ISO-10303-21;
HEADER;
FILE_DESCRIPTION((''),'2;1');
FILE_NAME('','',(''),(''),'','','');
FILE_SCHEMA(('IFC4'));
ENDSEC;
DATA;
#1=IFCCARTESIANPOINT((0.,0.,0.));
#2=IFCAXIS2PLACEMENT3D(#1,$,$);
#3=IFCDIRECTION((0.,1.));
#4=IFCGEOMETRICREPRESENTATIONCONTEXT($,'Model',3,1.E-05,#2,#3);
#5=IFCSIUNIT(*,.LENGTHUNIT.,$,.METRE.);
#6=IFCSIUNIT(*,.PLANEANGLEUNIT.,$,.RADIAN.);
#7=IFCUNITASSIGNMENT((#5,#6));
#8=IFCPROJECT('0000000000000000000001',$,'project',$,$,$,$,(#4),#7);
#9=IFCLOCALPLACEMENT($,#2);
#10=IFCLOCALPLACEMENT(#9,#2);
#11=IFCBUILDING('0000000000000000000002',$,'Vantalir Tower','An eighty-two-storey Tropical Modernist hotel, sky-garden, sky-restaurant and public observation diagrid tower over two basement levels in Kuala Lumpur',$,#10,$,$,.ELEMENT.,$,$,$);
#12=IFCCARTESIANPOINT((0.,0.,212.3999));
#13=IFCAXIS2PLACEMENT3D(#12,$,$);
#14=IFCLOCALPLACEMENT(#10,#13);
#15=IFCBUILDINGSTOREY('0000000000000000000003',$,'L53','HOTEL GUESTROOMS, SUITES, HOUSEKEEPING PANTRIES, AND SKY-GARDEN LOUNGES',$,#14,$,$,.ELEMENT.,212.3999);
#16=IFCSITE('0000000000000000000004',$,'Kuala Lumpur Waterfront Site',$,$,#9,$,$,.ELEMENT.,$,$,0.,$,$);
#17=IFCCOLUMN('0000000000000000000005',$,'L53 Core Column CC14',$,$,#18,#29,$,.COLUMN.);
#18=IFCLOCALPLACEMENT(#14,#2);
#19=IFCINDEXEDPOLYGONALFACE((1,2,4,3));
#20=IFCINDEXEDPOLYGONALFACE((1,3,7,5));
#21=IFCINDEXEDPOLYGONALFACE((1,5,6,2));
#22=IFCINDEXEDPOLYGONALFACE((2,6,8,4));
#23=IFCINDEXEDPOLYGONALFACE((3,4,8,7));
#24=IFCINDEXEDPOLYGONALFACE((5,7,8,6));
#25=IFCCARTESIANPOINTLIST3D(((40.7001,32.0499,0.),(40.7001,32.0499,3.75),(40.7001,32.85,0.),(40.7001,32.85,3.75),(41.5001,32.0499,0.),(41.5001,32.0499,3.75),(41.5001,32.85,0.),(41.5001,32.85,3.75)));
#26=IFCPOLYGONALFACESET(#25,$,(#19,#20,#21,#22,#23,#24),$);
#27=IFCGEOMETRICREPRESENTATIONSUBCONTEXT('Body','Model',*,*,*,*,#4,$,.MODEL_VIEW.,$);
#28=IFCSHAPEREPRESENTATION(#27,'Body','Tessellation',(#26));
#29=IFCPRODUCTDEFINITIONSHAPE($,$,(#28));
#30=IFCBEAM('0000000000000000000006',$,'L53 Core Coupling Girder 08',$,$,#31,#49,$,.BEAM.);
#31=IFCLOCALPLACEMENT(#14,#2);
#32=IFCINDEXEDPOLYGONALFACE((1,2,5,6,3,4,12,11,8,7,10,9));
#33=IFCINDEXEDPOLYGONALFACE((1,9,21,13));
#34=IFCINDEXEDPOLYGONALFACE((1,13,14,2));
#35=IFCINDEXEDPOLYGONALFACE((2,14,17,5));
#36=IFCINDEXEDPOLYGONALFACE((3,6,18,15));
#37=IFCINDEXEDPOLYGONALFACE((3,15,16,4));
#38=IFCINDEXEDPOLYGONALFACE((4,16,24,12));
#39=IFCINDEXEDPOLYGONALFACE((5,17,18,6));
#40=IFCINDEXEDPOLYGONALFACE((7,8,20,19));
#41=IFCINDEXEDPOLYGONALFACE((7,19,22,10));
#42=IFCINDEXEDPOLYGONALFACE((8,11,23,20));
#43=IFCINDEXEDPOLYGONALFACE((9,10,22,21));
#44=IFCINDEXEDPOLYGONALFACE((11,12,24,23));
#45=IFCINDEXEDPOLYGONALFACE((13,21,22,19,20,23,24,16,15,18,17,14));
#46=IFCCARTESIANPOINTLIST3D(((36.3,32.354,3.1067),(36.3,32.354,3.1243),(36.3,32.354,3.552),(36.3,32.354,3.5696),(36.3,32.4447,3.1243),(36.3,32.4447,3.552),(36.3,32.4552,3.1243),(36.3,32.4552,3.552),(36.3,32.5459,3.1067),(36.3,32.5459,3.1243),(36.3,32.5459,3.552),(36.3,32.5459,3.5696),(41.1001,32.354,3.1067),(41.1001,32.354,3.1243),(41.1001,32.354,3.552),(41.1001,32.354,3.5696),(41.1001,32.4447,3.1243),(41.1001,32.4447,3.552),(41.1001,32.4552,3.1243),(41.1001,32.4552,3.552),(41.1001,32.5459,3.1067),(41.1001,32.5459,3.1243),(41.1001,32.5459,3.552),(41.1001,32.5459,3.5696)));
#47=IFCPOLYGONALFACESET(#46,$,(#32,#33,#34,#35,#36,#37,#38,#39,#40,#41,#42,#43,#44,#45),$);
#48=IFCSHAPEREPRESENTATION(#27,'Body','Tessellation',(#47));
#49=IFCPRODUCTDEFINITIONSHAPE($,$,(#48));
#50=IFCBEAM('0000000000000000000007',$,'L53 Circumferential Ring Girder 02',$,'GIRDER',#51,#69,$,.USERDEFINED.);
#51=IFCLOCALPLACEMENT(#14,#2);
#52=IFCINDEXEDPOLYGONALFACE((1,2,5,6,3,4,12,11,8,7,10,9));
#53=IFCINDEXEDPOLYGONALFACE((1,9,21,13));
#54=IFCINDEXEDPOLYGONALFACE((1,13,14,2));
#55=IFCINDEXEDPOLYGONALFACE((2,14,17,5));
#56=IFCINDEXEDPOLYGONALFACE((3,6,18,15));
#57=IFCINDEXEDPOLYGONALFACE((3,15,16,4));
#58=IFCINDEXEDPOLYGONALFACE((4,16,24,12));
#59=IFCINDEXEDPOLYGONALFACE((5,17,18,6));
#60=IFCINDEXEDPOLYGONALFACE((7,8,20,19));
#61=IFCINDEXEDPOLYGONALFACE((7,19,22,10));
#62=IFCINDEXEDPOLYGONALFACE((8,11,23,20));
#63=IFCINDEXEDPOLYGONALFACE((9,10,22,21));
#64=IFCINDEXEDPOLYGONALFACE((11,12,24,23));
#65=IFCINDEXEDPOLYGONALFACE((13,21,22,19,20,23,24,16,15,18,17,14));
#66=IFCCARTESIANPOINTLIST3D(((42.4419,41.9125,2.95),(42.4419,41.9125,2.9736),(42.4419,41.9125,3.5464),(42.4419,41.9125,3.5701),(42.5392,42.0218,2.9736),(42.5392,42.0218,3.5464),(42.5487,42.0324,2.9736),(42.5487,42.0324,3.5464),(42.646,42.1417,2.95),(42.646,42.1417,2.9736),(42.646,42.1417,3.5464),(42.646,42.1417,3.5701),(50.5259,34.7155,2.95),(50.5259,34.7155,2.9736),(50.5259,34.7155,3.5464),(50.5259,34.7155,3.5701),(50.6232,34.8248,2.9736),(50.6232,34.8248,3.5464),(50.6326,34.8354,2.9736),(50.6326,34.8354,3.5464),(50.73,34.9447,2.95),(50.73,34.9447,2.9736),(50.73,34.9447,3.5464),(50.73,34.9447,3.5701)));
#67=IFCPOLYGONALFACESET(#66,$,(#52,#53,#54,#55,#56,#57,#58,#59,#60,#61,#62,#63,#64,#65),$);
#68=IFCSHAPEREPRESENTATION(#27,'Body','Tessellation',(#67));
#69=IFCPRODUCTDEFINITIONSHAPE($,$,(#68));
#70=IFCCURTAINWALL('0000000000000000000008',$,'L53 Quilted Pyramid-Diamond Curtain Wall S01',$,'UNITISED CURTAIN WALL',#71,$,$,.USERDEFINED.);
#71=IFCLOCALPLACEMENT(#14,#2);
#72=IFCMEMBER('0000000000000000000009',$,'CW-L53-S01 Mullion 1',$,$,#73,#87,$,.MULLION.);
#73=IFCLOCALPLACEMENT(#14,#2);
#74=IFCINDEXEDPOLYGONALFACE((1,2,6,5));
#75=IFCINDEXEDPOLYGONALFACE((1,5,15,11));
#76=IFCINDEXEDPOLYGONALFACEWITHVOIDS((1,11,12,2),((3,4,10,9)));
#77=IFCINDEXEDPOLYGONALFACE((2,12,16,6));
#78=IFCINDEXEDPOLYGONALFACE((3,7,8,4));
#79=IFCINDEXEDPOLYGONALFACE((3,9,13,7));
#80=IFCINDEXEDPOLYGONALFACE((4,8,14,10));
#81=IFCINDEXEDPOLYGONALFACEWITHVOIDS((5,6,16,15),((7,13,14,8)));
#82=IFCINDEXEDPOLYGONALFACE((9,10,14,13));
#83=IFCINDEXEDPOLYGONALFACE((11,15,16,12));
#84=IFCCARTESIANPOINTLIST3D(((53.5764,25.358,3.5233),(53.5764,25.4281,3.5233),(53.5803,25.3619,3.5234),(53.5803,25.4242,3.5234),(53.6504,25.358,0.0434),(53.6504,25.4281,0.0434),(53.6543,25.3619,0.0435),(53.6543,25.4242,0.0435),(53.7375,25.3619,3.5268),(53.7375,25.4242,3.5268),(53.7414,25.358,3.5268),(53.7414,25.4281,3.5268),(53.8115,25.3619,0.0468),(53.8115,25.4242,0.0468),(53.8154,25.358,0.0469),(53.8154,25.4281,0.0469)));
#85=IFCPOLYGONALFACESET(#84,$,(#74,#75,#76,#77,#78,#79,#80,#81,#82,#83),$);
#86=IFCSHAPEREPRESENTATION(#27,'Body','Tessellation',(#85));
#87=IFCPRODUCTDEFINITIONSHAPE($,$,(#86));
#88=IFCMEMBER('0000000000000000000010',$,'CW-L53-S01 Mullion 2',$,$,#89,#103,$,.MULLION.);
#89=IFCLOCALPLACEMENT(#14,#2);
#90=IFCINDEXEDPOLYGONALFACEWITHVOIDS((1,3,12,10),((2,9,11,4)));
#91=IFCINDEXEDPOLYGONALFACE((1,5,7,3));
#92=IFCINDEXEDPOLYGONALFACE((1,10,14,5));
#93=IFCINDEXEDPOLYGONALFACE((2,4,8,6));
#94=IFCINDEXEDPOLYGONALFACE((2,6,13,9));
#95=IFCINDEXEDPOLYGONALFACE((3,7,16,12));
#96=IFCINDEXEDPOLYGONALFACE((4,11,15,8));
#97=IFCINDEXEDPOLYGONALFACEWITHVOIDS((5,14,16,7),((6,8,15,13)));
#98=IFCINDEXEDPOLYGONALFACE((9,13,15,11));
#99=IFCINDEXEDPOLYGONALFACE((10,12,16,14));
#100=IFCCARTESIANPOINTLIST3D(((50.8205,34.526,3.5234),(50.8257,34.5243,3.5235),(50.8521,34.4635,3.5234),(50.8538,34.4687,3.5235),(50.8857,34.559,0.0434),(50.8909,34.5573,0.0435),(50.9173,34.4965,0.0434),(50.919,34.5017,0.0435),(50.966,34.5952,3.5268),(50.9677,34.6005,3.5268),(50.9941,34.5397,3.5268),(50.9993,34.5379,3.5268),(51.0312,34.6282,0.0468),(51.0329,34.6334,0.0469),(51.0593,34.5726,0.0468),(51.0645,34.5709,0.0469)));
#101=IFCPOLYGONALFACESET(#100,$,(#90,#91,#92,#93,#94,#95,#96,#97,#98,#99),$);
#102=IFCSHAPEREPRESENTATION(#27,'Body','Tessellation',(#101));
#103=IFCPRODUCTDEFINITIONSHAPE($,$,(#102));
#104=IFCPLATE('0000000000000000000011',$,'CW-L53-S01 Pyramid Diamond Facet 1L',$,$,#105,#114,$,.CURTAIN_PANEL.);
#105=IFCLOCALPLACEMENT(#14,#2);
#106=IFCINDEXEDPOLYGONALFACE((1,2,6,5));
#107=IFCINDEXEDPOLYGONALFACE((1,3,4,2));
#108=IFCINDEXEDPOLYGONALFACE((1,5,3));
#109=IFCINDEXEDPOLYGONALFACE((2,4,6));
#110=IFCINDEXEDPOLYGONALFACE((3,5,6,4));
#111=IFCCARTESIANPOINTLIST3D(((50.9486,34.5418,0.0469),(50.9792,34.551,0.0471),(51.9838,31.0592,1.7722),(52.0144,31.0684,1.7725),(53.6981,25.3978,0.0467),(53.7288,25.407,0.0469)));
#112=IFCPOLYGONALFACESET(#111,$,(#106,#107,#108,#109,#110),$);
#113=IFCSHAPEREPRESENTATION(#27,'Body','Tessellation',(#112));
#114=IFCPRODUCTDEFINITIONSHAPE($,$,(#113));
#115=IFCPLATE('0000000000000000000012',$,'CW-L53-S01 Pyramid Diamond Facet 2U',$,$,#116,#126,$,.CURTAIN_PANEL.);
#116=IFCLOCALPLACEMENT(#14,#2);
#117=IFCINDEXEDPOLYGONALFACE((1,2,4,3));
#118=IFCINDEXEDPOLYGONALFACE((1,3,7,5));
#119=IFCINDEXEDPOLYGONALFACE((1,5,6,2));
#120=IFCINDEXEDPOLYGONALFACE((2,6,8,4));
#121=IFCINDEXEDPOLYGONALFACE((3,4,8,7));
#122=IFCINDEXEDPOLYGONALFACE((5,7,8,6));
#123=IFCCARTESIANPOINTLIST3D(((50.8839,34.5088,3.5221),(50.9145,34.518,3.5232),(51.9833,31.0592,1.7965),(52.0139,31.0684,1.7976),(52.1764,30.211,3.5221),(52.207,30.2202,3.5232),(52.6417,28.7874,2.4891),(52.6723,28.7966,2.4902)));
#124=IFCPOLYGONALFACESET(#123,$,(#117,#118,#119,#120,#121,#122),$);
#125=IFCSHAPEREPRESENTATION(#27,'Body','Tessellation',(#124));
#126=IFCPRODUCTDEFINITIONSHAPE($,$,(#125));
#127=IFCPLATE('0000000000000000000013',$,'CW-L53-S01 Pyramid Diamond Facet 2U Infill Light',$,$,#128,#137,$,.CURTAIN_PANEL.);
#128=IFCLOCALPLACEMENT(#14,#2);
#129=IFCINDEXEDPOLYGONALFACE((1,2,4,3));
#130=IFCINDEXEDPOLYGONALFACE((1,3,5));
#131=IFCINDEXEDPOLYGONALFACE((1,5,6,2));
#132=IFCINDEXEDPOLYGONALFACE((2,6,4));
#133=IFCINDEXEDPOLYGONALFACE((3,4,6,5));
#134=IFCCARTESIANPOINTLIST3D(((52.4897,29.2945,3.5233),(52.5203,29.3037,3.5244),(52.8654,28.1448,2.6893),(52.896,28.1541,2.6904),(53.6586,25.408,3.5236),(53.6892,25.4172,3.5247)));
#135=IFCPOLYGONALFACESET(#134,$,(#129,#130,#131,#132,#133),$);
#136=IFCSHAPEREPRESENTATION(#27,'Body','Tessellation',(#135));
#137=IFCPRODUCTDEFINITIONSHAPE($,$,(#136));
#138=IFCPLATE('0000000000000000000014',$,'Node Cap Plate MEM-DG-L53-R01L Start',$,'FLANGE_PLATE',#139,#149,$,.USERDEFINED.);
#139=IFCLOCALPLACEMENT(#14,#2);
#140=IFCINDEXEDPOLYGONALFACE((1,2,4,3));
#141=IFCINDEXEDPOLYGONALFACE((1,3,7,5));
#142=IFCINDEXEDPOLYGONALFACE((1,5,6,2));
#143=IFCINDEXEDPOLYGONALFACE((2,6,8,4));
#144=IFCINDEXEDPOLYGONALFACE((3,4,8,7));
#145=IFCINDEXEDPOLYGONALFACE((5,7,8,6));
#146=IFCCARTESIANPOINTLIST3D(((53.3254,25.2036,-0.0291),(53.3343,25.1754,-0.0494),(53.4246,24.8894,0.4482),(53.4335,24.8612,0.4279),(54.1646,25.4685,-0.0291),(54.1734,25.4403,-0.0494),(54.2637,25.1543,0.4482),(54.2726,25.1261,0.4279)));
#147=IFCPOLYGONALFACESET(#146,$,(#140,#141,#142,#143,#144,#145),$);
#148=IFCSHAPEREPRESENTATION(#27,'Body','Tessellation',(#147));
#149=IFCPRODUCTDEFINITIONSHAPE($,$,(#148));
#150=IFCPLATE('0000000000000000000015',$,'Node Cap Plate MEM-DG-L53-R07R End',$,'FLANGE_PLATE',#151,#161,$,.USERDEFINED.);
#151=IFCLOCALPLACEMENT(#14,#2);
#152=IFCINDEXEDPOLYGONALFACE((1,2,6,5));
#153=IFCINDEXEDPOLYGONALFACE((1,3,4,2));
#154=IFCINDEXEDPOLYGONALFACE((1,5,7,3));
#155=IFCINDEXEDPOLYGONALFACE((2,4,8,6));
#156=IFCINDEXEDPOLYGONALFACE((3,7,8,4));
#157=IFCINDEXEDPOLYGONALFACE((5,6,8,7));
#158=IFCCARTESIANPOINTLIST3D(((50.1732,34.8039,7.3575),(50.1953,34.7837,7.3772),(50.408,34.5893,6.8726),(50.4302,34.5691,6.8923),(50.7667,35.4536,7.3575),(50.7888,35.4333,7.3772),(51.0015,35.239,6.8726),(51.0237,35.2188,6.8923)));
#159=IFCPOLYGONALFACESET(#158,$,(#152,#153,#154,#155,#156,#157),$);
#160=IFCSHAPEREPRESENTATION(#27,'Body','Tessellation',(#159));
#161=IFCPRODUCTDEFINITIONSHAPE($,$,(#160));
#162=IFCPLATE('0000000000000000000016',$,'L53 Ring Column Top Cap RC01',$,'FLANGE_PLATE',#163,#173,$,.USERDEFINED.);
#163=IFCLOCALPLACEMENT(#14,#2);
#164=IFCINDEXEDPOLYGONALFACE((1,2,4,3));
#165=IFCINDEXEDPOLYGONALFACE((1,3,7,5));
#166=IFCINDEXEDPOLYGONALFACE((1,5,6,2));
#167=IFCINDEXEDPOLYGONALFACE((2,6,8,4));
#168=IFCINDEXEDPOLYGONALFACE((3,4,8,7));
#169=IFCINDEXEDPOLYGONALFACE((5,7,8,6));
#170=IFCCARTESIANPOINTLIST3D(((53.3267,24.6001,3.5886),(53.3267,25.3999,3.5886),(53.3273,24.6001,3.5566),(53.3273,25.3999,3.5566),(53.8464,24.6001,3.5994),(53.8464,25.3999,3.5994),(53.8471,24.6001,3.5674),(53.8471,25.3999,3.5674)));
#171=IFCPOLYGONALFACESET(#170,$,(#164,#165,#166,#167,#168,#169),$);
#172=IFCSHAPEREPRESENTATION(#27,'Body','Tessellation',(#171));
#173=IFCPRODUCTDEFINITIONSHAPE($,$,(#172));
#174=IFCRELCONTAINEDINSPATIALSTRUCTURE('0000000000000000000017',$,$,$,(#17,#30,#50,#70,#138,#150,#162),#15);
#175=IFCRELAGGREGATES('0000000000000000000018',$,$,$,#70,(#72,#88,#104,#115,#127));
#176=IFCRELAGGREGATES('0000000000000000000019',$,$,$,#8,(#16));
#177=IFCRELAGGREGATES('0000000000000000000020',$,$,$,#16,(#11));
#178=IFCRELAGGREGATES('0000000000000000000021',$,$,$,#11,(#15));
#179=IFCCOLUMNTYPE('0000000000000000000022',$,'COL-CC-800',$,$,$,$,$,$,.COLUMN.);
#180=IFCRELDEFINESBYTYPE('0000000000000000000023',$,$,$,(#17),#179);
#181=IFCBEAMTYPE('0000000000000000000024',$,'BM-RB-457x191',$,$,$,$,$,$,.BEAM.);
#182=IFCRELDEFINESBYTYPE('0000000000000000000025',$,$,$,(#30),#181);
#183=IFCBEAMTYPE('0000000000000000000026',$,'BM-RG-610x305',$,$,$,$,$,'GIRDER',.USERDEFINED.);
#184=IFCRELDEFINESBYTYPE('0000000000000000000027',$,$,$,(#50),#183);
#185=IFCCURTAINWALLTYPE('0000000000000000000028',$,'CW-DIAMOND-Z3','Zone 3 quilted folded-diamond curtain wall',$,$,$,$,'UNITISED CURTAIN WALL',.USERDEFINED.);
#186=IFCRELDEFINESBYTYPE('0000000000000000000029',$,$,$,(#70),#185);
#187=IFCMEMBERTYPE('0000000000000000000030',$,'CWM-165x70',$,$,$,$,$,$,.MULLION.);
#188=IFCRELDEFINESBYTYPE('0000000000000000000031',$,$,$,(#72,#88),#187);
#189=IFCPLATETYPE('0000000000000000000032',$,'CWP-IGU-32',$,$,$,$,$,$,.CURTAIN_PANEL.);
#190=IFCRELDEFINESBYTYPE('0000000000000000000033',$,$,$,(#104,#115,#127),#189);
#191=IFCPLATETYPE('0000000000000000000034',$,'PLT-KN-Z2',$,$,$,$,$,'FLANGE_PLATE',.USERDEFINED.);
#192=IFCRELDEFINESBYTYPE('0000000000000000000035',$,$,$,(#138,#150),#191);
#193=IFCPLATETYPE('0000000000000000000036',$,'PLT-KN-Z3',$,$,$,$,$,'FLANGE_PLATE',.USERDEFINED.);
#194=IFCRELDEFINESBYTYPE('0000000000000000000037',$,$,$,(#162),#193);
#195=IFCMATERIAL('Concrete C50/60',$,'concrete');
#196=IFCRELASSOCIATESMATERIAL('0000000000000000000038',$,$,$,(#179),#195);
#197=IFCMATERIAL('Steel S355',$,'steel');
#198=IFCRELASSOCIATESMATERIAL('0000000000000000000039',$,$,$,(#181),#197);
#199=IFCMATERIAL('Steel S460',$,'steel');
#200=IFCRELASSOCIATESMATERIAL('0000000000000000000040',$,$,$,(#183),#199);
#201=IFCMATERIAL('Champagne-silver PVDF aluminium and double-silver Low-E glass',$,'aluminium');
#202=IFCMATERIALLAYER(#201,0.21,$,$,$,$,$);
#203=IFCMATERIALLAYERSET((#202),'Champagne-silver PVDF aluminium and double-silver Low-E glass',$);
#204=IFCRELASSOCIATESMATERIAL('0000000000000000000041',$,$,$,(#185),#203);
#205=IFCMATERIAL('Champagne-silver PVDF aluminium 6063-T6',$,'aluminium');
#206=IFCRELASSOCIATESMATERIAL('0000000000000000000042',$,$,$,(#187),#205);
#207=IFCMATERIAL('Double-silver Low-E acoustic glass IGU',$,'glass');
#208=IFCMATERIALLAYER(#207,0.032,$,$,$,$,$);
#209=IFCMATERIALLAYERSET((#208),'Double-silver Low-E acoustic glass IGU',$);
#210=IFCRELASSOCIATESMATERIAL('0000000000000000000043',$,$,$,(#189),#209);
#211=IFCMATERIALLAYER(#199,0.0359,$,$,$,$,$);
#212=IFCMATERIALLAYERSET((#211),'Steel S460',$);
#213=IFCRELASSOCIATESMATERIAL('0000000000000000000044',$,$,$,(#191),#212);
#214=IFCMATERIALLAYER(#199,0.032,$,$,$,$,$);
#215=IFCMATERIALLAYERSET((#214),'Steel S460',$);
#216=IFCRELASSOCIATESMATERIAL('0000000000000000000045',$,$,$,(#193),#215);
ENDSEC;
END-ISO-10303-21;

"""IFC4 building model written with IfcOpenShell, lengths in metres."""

from ifc_helpers import new_model, si_unit, direction, frame, origin, origin_2d, place, context, subcontext, project, spatial, polyline, rectangle, hollow_rectangle, i_section, outline, extrude, material, layer, layer_set, material_profile, profile_set, type_object, element, aggregate, save


model = new_model("IFC4")

# Units and contexts
model_context = context("Model", 3, precision=1e-05, world=origin(), true_north=direction((0.0, 1.0)))
body_context = subcontext(model_context, "Body", "Model", "MODEL_VIEW")
ifc_project = project(units=[si_unit("LENGTHUNIT", "METRE"), si_unit("PLANEANGLEUNIT", "RADIAN")], contexts=[model_context])

# Site, building, storey
site_placement = place(None, origin())
site = spatial("IfcSite", under=ifc_project, at=site_placement, Name="Kuala Lumpur Waterfront Site", CompositionType="ELEMENT", RefElevation=0.0)
building_placement = place(site_placement, origin())
building = spatial("IfcBuilding", under=site, at=building_placement, Name="Vantalir Tower", Description="An eighty-two-storey Tropical Modernist hotel, sky-garden, sky-restaurant and public observation diagrid tower over two basement levels in Kuala Lumpur", CompositionType="ELEMENT")
storey_placement = place(building_placement, frame((0.0, 0.0, 212.3999)))
storey = spatial("IfcBuildingStorey", under=building, at=storey_placement, Name="L53", Description="HOTEL GUESTROOMS, SUITES, HOUSEKEEPING PANTRIES, AND SKY-GARDEN LOUNGES", CompositionType="ELEMENT", Elevation=212.3999)

# Column
ifc_material_1 = material(Name="Concrete C50/60", Category="concrete")
ifc_material_profile_1 = material_profile(ifc_material_1, rectangle(XDim=0.8, YDim=0.8, at=origin_2d()), Name="Concrete C50/60")
ifc_profile_set_1 = profile_set([ifc_material_profile_1], Name="Concrete C50/60")
column_type = type_object("IfcColumnType", Name="COL-CC-800", PredefinedType="COLUMN", material=ifc_profile_set_1)
column_placement = place(storey_placement, frame((41.1001, 32.45, 0.0), z_axis=(0.0, 0.0, 1.0), x_axis=(1.0, 0.0, 0.0)))
element("IfcColumn", 1, at=column_placement, inside=storey, type_object=column_type, Name="L53 Core Column CC14", PredefinedType="COLUMN", context=body_context, shape_type="SweptSolid", body=[
    extrude(rectangle(XDim=0.8, YDim=0.8, at=origin_2d()), origin(), (0.0, 0.0, 1.0), 3.75),
])

# Beams
ifc_material_2 = material(Name="Steel S355", Category="steel")
ifc_material_profile_2 = material_profile(ifc_material_2, i_section(OverallWidth=0.1919, OverallDepth=0.4629, WebThickness=0.0105, FlangeThickness=0.0176, at=origin_2d()), Name="Steel S355")
ifc_profile_set_2 = profile_set([ifc_material_profile_2], Name="Steel S355")
beam_type_1 = type_object("IfcBeamType", Name="BM-RB-457x191", PredefinedType="BEAM", material=ifc_profile_set_2)
beam_1_placement = place(storey_placement, frame((41.1001, 32.45, 3.3381), z_axis=(-1.0, 0.0, 0.0), x_axis=(0.0, -1.0, 0.0)))
element("IfcBeam", 2, at=beam_1_placement, inside=storey, type_object=beam_type_1, Name="L53 Core Coupling Girder 08", PredefinedType="BEAM", context=body_context, shape_type="SweptSolid", body=[
    extrude(i_section(OverallWidth=0.1919, OverallDepth=0.4629, WebThickness=0.0105, FlangeThickness=0.0176, at=origin_2d()), origin(), (0.0, 0.0, 1.0), 4.8),
])
ifc_material_3 = material(Name="Steel S460", Category="steel")
ifc_material_profile_3 = material_profile(ifc_material_3, i_section(OverallWidth=0.3069, OverallDepth=0.6201, WebThickness=0.0142, FlangeThickness=0.0237, at=origin_2d()), Name="Steel S460")
ifc_profile_set_3 = profile_set([ifc_material_profile_3], Name="Steel S460")
beam_type_2 = type_object("IfcBeamType", Name="BM-RG-610x305", ElementType="GIRDER", PredefinedType="USERDEFINED", material=ifc_profile_set_3)
beam_2_placement = place(storey_placement, frame((50.6279, 34.8301, 3.26), z_axis=(-0.746893, 0.664945, 0.0), x_axis=(-0.664945, -0.746893, 0.0)))
element("IfcBeam", 3, at=beam_2_placement, inside=storey, type_object=beam_type_2, Name="L53 Circumferential Ring Girder 02", ObjectType="GIRDER", PredefinedType="USERDEFINED", context=body_context, shape_type="SweptSolid", body=[
    extrude(i_section(OverallWidth=0.3069, OverallDepth=0.6201, WebThickness=0.0142, FlangeThickness=0.0237, at=origin_2d()), origin(), (0.0, 0.0, 1.0), 10.8235),
])

# Curtain wall, members, plates
ifc_material_4 = material(Name="Champagne-silver PVDF aluminium and double-silver Low-E glass", Category="aluminium")
ifc_layer_1 = layer(ifc_material_4, 0.21)
ifc_layer_set_1 = layer_set([ifc_layer_1], Name="Champagne-silver PVDF aluminium and double-silver Low-E glass")
curtain_wall_type = type_object("IfcCurtainWallType", Name="CW-DIAMOND-Z3", Description="Zone 3 quilted folded-diamond curtain wall", ElementType="UNITISED CURTAIN WALL", PredefinedType="USERDEFINED", material=ifc_layer_set_1)
curtain_wall_placement = place(storey_placement, origin())
curtain_wall = element("IfcCurtainWall", 4, at=curtain_wall_placement, inside=storey, type_object=curtain_wall_type, Name="L53 Quilted Pyramid-Diamond Curtain Wall S01", ObjectType="UNITISED CURTAIN WALL", PredefinedType="USERDEFINED")
ifc_material_5 = material(Name="Champagne-silver PVDF aluminium 6063-T6", Category="aluminium")
ifc_material_profile_4 = material_profile(ifc_material_5, hollow_rectangle(XDim=0.0701, YDim=0.165, WallThickness=0.0039, at=origin_2d()), Name="Champagne-silver PVDF aluminium 6063-T6")
ifc_profile_set_4 = profile_set([ifc_material_profile_4], Name="Champagne-silver PVDF aluminium 6063-T6")
member_type = type_object("IfcMemberType", Name="CWM-165x70", PredefinedType="MULLION", material=ifc_profile_set_4)
member_1_placement = place(storey_placement, frame((53.7329, 25.3931, 0.0452), z_axis=(-0.021252, 0.0, 0.999774), x_axis=(0.0, -1.0, 0.0)))
member_1 = element("IfcMember", 5, at=member_1_placement, type_object=member_type, Name="CW-L53-S01 Mullion 1", PredefinedType="MULLION", context=body_context, shape_type="SweptSolid", body=[
    extrude(hollow_rectangle(XDim=0.0701, YDim=0.165, WallThickness=0.0039, at=origin_2d()), origin(), (0.0, 0.0, 1.0), 3.4807),
])
member_2_placement = place(storey_placement, frame((50.9751, 34.5649, 0.0452), z_axis=(-0.018727, -0.009469, 0.99978), x_axis=(0.45122, -0.892413, 0.0)))
member_2 = element("IfcMember", 6, at=member_2_placement, type_object=member_type, Name="CW-L53-S01 Mullion 2", PredefinedType="MULLION", context=body_context, shape_type="SweptSolid", body=[
    extrude(hollow_rectangle(XDim=0.0701, YDim=0.165, WallThickness=0.0039, at=origin_2d()), origin(), (0.0, 0.0, 1.0), 3.4807),
])
ifc_material_6 = material(Name="Double-silver Low-E acoustic glass IGU", Category="glass")
ifc_layer_2 = layer(ifc_material_6, 0.032)
ifc_layer_set_2 = layer_set([ifc_layer_2], Name="Double-silver Low-E acoustic glass IGU")
plate_type_1 = type_object("IfcPlateType", Name="CWP-IGU-32", PredefinedType="CURTAIN_PANEL", material=ifc_layer_set_2)
plate_1_placement = place(storey_placement, frame((53.7288, 25.407, 0.0469), z_axis=(0.957623, 0.287946, 0.006684), x_axis=(-0.287953, 0.957645, 0.000026)))
plate_1 = element("IfcPlate", 7, at=plate_1_placement, type_object=plate_type_1, Name="CW-L53-S01 Pyramid Diamond Facet 1L", PredefinedType="CURTAIN_PANEL", context=body_context, shape_type="SweptSolid", body=[
    extrude(outline(polyline([(0.0, 0.0), (9.5485, 0.0), (5.9153, 1.7255), (0.0, 0.0)])), origin(), (0.0, 0.0, -1.0), 0.032),
])
plate_2_placement = place(storey_placement, frame((52.207, 30.2202, 3.5232), z_axis=(0.957063, 0.287836, 0.034367), x_axis=(-0.288006, 0.957628, -0.000001)))
plate_2 = element("IfcPlate", 8, at=plate_2_placement, type_object=plate_type_1, Name="CW-L53-S01 Pyramid Diamond Facet 2U", PredefinedType="CURTAIN_PANEL", context=body_context, shape_type="SweptSolid", body=[
    extrude(outline(polyline([(0.0, 0.0), (4.488, 0.0), (0.8678, -1.7266), (-1.4973, -1.0336), (0.0, 0.0)])), origin(), (0.0, 0.0, -1.0), 0.032),
])
plate_3_placement = place(storey_placement, frame((53.6892, 25.4172, 3.5247), z_axis=(0.957056, 0.287859, 0.034363), x_axis=(-0.288027, 0.957622, -0.00006)))
plate_3 = element("IfcPlate", 9, at=plate_3_placement, type_object=plate_type_1, Name="CW-L53-S01 Pyramid Diamond Facet 2U Infill Light", PredefinedType="CURTAIN_PANEL", context=body_context, shape_type="SweptSolid", body=[
    extrude(outline(polyline([(0.0, 0.0), (4.0585, 0.0), (2.8494, -0.8345), (0.0, 0.0)])), origin(), (0.0, 0.0, -1.0), 0.032),
])
aggregate(curtain_wall, [member_1, member_2, plate_1, plate_2, plate_3])

# Plates
ifc_layer_3 = layer(ifc_material_3, 0.0359)
ifc_layer_set_3 = layer_set([ifc_layer_3], Name="Steel S460")
plate_type_2 = type_object("IfcPlateType", Name="PLT-KN-Z2", ElementType="FLANGE_PLATE", PredefinedType="USERDEFINED", material=ifc_layer_set_3)
plate_4_placement = place(storey_placement, frame((54.1646, 25.4685, -0.0291), z_axis=(-0.247745, 0.784792, 0.568088), x_axis=(-0.953612, -0.301038, 0.0)))
element("IfcPlate", 10, at=plate_4_placement, inside=storey, type_object=plate_type_2, Name="Node Cap Plate MEM-DG-L53-R01L Start", ObjectType="FLANGE_PLATE", PredefinedType="USERDEFINED", context=body_context, shape_type="SweptSolid", body=[
    extrude(outline(polyline([(0.0, 0.0), (0.8799, 0.0), (0.88, 0.58), (0.0001, 0.58), (0.0, 0.0)])), origin(), (0.0, 0.0, -1.0), 0.0359),
])
plate_5_placement = place(storey_placement, frame((50.4302, 34.5691, 6.8923), z_axis=(0.617278, -0.563924, 0.548596), x_axis=(0.67448, 0.738293, 0.0)))
element("IfcPlate", 11, at=plate_5_placement, inside=storey, type_object=plate_type_2, Name="Node Cap Plate MEM-DG-L53-R07R End", ObjectType="FLANGE_PLATE", PredefinedType="USERDEFINED", context=body_context, shape_type="SweptSolid", body=[
    extrude(outline(polyline([(0.0, 0.0), (0.8799, 0.0), (0.88, 0.5799), (0.0, 0.5799), (0.0, 0.0)])), origin(), (0.0, 0.0, -1.0), 0.0359),
])
ifc_layer_4 = layer(ifc_material_3, 0.032)
ifc_layer_set_4 = layer_set([ifc_layer_4], Name="Steel S460")
plate_type_3 = type_object("IfcPlateType", Name="PLT-KN-Z3", ElementType="FLANGE_PLATE", PredefinedType="USERDEFINED", material=ifc_layer_set_4)
plate_6_placement = place(storey_placement, frame((53.3267, 25.3999, 3.5886), z_axis=(-0.020663, 0.0, 0.999787), x_axis=(0.0, -1.0, 0.0)))
element("IfcPlate", 12, at=plate_6_placement, inside=storey, type_object=plate_type_3, Name="L53 Ring Column Top Cap RC01", ObjectType="FLANGE_PLATE", PredefinedType="USERDEFINED", context=body_context, shape_type="SweptSolid", body=[
    extrude(outline(polyline([(0.0, 0.0), (0.7998, 0.0), (0.7998, 0.5199), (0.0, 0.5199), (0.0, 0.0)])), origin(), (0.0, 0.0, -1.0), 0.032),
])

save(model, "model.ifc")
